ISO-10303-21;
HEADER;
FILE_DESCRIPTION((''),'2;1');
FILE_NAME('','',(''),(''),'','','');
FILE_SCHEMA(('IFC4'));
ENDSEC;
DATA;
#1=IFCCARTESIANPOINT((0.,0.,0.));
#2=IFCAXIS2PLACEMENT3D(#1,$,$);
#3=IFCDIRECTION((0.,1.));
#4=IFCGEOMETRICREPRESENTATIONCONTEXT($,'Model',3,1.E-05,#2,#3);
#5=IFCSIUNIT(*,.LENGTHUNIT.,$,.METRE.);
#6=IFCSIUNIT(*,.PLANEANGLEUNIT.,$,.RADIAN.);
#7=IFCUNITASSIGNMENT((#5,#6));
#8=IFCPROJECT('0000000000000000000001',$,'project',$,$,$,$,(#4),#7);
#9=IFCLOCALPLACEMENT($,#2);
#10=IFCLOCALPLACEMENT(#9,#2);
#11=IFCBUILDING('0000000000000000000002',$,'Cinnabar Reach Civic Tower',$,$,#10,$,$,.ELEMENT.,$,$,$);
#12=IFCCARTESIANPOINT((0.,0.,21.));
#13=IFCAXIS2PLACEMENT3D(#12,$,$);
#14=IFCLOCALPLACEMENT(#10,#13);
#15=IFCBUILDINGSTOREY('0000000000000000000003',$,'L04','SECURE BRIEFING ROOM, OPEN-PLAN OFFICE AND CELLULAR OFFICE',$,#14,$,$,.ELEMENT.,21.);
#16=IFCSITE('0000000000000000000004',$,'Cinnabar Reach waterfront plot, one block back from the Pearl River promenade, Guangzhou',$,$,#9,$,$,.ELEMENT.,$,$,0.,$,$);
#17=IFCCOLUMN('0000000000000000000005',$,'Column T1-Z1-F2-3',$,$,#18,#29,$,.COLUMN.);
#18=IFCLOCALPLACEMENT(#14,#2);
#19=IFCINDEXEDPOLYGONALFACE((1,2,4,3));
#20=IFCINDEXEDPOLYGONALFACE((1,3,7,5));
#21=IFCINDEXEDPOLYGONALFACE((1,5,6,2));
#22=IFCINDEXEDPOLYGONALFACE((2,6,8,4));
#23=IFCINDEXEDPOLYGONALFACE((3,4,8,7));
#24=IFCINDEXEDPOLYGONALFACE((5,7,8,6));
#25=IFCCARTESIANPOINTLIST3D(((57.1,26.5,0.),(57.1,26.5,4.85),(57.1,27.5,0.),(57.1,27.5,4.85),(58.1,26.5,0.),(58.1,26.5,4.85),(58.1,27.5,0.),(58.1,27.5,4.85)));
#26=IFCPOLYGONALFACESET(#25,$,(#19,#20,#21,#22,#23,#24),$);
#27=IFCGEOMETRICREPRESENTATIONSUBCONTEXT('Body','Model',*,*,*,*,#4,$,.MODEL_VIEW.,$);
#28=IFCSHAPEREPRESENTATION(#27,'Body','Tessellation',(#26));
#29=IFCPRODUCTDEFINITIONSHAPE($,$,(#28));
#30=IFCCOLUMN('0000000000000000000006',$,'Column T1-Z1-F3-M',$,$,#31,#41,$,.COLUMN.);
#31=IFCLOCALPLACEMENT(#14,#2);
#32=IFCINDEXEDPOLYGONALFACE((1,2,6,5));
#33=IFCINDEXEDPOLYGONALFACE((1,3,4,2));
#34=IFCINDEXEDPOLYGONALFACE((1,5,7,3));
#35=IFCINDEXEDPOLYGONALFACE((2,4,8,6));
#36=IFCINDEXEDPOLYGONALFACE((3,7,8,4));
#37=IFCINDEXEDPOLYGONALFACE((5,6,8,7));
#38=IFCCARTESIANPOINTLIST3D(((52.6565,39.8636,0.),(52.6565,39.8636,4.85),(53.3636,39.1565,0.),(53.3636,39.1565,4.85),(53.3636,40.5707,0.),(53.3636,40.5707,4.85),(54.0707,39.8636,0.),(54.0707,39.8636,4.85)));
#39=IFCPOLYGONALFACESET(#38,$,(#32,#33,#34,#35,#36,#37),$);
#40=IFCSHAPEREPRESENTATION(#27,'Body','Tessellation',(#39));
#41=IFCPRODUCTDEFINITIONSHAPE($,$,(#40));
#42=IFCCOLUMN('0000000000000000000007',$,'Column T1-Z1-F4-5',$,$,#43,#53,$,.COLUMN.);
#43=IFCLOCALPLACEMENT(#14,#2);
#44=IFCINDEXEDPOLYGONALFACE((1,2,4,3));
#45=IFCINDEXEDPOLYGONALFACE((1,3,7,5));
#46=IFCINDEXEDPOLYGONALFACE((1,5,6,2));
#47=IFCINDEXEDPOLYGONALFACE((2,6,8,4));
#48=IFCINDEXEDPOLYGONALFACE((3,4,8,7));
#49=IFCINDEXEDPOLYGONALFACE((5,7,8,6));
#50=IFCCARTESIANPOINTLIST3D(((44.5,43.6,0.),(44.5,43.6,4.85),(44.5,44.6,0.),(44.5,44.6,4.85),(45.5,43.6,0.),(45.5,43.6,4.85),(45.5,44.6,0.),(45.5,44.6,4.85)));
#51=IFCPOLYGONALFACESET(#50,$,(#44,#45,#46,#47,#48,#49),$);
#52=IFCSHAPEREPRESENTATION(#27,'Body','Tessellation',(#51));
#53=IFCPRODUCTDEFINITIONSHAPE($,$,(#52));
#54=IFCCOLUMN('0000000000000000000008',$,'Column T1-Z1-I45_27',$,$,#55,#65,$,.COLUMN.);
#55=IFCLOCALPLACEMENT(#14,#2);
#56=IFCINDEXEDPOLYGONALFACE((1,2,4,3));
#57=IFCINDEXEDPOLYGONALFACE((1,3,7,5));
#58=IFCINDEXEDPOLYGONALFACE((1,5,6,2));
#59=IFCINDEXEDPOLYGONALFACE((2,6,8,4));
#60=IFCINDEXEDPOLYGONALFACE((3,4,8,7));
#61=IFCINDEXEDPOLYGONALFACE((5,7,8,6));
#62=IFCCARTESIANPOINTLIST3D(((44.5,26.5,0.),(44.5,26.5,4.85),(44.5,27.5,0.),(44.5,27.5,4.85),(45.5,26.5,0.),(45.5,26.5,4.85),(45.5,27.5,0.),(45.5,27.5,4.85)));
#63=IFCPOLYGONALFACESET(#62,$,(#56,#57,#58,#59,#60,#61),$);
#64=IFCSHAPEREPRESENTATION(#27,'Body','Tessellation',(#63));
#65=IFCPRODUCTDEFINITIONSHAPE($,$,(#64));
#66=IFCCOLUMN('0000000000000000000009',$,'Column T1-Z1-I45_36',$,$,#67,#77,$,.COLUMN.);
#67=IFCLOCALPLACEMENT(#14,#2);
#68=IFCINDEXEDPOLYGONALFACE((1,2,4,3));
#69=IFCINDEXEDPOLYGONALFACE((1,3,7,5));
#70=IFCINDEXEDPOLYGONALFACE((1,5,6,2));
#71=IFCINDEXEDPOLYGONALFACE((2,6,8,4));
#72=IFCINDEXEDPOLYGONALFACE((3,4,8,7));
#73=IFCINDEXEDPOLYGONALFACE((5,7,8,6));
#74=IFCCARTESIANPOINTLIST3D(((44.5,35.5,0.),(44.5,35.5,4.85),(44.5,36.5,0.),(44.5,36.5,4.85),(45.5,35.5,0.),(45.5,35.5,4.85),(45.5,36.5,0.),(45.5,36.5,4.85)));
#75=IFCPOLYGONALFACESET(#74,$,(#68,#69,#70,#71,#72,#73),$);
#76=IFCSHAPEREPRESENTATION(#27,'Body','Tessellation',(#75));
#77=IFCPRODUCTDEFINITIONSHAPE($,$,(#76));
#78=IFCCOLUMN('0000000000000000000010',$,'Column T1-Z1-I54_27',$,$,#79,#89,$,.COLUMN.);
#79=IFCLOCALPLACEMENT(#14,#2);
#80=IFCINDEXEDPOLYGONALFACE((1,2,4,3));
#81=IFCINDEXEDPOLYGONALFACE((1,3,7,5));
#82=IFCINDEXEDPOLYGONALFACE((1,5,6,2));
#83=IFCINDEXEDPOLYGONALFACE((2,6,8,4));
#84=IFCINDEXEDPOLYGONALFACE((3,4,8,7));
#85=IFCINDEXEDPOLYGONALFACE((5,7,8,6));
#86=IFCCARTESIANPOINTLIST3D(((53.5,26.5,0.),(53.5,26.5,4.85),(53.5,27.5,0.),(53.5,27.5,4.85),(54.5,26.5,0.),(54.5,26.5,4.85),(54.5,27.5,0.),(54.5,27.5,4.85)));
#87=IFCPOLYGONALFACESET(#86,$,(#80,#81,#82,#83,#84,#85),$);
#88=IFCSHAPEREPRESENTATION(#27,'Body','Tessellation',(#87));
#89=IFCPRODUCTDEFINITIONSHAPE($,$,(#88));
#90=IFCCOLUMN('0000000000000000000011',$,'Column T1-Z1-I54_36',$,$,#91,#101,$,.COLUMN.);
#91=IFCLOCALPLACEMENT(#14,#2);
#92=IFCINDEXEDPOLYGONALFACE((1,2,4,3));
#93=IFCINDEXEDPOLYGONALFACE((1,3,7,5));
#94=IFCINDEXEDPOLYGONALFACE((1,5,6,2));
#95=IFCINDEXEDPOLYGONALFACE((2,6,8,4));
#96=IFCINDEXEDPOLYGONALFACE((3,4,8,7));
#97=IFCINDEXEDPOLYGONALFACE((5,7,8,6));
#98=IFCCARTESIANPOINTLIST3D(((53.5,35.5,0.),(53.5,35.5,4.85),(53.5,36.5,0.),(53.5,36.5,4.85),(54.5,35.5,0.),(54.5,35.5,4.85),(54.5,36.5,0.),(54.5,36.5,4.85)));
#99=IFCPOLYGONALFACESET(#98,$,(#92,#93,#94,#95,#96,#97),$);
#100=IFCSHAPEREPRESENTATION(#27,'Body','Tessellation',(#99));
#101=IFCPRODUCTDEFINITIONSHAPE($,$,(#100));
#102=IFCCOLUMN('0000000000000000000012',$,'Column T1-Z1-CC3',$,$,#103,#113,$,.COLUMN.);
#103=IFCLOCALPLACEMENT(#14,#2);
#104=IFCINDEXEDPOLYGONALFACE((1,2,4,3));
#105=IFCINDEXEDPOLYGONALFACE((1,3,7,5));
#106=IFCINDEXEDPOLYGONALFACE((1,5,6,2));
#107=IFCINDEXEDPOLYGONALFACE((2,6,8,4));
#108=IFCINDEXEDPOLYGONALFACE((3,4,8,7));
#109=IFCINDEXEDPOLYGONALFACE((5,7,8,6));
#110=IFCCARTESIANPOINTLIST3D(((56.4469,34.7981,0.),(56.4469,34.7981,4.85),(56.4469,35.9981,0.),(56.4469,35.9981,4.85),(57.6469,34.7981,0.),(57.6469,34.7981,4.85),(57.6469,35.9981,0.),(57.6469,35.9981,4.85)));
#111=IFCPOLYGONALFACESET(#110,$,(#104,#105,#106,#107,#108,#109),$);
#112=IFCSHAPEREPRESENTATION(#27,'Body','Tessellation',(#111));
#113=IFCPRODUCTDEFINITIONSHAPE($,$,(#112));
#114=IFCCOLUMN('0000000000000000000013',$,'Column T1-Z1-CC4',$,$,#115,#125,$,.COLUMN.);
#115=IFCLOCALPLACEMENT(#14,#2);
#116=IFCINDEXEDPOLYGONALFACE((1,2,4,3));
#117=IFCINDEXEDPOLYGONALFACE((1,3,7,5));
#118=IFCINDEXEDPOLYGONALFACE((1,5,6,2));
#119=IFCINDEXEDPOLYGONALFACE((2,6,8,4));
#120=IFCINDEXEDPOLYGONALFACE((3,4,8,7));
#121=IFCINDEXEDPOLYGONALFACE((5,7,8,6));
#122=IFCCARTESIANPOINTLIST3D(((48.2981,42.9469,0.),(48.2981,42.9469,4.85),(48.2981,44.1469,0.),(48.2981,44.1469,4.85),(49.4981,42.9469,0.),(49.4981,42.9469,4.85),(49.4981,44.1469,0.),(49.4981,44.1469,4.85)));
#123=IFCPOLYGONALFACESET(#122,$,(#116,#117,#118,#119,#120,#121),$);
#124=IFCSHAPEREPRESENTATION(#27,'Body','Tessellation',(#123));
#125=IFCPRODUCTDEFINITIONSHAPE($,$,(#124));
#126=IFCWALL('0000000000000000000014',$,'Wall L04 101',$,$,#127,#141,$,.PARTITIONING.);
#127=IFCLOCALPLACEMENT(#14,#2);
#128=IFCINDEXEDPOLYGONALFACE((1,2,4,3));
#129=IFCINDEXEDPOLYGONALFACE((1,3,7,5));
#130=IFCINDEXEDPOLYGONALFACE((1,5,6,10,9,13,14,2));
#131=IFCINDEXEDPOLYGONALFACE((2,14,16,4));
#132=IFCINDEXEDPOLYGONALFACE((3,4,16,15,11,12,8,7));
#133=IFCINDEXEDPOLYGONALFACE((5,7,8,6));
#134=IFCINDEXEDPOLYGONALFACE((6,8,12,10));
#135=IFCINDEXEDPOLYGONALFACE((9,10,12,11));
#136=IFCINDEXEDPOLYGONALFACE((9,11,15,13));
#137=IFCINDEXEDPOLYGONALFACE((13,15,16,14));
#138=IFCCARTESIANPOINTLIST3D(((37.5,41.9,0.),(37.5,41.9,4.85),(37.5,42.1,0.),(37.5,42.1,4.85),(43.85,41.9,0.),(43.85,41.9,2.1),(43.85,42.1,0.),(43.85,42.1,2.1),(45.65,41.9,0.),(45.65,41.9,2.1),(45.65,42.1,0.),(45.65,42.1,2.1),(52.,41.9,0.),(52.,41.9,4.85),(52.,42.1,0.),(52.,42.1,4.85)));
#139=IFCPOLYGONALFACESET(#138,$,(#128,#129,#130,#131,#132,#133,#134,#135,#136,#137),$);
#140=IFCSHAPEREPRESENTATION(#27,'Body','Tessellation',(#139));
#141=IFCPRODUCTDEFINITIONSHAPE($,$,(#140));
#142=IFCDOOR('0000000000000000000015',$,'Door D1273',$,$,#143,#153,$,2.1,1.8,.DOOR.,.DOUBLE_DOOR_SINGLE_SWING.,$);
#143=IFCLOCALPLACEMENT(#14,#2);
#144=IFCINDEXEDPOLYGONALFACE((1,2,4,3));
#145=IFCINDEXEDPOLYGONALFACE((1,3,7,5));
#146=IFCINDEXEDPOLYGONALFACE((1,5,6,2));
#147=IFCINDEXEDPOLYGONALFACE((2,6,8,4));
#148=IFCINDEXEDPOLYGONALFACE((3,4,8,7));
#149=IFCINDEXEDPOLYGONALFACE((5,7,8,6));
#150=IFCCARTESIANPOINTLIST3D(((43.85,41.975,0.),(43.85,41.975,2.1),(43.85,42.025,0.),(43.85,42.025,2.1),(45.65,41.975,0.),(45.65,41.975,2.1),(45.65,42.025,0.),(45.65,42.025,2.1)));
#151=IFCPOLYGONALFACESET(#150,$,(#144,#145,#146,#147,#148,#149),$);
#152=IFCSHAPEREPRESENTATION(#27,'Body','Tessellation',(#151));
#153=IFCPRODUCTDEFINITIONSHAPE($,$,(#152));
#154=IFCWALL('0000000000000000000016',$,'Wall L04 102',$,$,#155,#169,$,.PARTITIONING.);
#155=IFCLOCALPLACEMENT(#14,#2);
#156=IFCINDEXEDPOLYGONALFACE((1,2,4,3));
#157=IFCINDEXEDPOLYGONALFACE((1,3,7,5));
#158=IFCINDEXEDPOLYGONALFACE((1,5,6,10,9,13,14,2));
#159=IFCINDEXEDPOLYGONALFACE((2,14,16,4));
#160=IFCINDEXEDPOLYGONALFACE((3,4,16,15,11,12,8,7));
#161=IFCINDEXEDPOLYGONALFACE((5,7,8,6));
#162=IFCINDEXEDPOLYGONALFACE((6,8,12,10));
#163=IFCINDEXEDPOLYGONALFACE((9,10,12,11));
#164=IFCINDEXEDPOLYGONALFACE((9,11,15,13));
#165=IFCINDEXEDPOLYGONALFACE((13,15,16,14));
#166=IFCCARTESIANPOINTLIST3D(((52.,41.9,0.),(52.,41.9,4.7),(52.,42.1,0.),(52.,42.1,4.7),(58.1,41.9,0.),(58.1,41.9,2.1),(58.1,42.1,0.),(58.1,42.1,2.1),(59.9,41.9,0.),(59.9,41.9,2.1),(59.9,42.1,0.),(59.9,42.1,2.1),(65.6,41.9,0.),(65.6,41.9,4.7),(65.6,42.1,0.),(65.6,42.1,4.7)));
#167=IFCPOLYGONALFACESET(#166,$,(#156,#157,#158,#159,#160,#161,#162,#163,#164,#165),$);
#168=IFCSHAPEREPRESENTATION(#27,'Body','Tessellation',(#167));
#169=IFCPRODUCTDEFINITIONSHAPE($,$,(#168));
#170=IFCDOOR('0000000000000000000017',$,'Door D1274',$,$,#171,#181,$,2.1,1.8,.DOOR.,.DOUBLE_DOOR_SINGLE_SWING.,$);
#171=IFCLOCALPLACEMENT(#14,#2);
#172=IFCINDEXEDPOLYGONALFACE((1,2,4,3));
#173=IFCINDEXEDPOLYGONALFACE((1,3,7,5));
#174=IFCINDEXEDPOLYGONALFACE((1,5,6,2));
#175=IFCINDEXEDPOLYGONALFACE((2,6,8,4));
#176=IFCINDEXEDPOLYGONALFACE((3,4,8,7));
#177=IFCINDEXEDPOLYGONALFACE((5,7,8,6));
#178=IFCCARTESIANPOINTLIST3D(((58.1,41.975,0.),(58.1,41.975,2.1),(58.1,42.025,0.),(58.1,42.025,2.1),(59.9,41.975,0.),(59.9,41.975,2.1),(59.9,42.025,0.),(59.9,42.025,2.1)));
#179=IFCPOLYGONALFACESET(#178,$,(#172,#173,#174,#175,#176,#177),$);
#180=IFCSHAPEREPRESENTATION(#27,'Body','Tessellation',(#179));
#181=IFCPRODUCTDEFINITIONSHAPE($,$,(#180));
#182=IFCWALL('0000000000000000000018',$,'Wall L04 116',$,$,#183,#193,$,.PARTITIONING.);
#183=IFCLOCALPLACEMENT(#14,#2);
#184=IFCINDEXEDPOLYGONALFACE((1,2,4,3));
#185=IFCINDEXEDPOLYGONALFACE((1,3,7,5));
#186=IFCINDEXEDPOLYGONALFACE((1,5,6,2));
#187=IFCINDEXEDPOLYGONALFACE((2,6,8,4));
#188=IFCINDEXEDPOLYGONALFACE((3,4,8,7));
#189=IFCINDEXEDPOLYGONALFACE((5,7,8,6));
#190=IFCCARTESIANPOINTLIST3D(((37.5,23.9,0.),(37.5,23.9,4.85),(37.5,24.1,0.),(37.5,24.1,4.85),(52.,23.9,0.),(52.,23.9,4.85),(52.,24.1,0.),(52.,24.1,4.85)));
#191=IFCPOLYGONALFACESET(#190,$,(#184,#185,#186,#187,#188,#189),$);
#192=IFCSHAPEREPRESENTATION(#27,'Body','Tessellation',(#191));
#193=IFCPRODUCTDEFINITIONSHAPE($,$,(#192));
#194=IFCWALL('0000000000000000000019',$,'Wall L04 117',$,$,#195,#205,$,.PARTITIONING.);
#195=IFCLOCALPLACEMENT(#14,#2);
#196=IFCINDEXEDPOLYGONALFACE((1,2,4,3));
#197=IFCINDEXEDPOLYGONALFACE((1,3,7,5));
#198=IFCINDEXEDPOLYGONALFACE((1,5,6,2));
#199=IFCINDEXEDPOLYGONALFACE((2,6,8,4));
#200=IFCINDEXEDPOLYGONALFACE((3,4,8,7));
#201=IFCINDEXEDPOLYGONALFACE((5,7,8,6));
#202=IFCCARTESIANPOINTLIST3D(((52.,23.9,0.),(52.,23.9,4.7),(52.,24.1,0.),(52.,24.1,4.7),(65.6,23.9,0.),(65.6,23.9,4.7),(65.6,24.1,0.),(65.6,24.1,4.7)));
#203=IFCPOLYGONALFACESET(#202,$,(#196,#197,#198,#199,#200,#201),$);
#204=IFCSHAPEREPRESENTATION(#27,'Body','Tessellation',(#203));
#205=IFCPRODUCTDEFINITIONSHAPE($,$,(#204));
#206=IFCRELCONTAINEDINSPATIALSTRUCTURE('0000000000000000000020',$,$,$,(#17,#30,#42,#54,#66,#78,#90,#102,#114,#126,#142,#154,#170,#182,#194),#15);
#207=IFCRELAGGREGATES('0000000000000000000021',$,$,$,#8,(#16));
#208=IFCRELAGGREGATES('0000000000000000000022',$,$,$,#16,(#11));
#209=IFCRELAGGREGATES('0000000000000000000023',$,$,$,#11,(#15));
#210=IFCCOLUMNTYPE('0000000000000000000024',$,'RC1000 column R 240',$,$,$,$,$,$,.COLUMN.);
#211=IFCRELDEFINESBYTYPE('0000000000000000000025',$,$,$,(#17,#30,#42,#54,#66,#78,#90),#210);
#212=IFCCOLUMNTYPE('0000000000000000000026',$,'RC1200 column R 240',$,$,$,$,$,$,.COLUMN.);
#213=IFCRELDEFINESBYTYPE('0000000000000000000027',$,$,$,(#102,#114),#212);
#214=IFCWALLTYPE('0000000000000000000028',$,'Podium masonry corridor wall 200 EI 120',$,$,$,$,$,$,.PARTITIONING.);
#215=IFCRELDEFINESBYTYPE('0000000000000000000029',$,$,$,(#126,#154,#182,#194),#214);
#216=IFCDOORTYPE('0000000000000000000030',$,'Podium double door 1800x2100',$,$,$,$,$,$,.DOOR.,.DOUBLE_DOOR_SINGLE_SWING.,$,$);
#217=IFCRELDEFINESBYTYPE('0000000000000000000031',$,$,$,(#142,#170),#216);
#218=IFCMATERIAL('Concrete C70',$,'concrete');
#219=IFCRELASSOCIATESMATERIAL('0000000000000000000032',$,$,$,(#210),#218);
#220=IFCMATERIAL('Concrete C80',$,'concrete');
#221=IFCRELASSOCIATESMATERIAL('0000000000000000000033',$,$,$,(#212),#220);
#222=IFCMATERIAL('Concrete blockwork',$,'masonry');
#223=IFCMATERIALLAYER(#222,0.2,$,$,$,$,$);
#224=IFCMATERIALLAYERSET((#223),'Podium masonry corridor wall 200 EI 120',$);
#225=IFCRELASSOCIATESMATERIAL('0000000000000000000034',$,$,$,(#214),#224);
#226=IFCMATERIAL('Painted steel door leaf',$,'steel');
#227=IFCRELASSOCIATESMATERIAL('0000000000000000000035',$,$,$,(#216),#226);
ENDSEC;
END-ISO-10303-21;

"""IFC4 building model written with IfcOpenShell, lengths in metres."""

from ifc_helpers import new_model, si_unit, direction, frame, frame_2d, origin, origin_2d, place, context, subcontext, project, spatial, rectangle, extrude, material, layer, layer_set, material_profile, profile_set, type_object, element, fill, save


model = new_model("IFC4")

# Units and contexts
model_context = context("Model", 3, precision=1e-05, world=origin(), true_north=direction((0.0, 1.0)))
body_context = subcontext(model_context, "Body", "Model", "MODEL_VIEW")
ifc_project = project(units=[si_unit("LENGTHUNIT", "METRE"), si_unit("PLANEANGLEUNIT", "RADIAN")], contexts=[model_context])

# Site, building, storey
site_placement = place(None, origin())
site = spatial("IfcSite", under=ifc_project, at=site_placement, Name="Cinnabar Reach waterfront plot, one block back from the Pearl River promenade, Guangzhou", CompositionType="ELEMENT", RefElevation=0.0)
building_placement = place(site_placement, origin())
building = spatial("IfcBuilding", under=site, at=building_placement, Name="Cinnabar Reach Civic Tower", CompositionType="ELEMENT")
storey_placement = place(building_placement, frame((0.0, 0.0, 21.0)))
storey = spatial("IfcBuildingStorey", under=building, at=storey_placement, Name="L04", Description="SECURE BRIEFING ROOM, OPEN-PLAN OFFICE AND CELLULAR OFFICE", CompositionType="ELEMENT", Elevation=21.0)

# Columns
ifc_material_1 = material(Name="Concrete C70", Category="concrete")
ifc_material_profile_1 = material_profile(ifc_material_1, rectangle(XDim=1.0, YDim=1.0, at=origin_2d()), Name="RC1000")
ifc_profile_set_1 = profile_set([ifc_material_profile_1], Name="Concrete C70")
column_type_1 = type_object("IfcColumnType", Name="RC1000 column R 240", PredefinedType="COLUMN", material=ifc_profile_set_1)
for number, where, z_axis, x_axis, name in (
    (1, (57.6, 27.0, 0.0), (0.0, 0.0, 1.0), (1.0, 0.0, 0.0), "Column T1-Z1-F2-3"),
    (2, (53.3636, 39.8636, 0.0), (0.0, 0.0, 1.0), (0.707107, 0.707107, 0.0), "Column T1-Z1-F3-M"),
    (3, (45.0, 44.1, 0.0), (0.0, 0.0, 1.0), (1.0, 0.0, 0.0), "Column T1-Z1-F4-5"),
    (4, (45.0, 27.0, 0.0), (0.0, 0.0, 1.0), (1.0, 0.0, 0.0), "Column T1-Z1-I45_27"),
    (5, (45.0, 36.0, 0.0), (0.0, 0.0, 1.0), (1.0, 0.0, 0.0), "Column T1-Z1-I45_36"),
    (6, (54.0, 27.0, 0.0), (0.0, 0.0, 1.0), (1.0, 0.0, 0.0), "Column T1-Z1-I54_27"),
    (7, (54.0, 36.0, 0.0), (0.0, 0.0, 1.0), (1.0, 0.0, 0.0), "Column T1-Z1-I54_36"),
):
    element("IfcColumn", number, at=place(storey_placement, frame(where, z_axis=z_axis, x_axis=x_axis)), inside=storey, type_object=column_type_1, Name=name, PredefinedType="COLUMN", context=body_context, shape_type="SweptSolid", body=[
        extrude(rectangle(XDim=1.0, YDim=1.0, at=origin_2d()), origin(), (0.0, 0.0, 1.0), 4.85),
    ])
ifc_material_2 = material(Name="Concrete C80", Category="concrete")
ifc_material_profile_2 = material_profile(ifc_material_2, rectangle(XDim=1.2, YDim=1.2, at=origin_2d()), Name="RC1200")
ifc_profile_set_2 = profile_set([ifc_material_profile_2], Name="Concrete C80")
column_type_2 = type_object("IfcColumnType", Name="RC1200 column R 240", PredefinedType="COLUMN", material=ifc_profile_set_2)
for number, where, z_axis, x_axis, name in (
    (8, (57.0469, 35.3981, 0.0), (0.0, 0.0, 1.0), (1.0, 0.0, 0.0), "Column T1-Z1-CC3"),
    (9, (48.8981, 43.5469, 0.0), (0.0, 0.0, 1.0), (1.0, 0.0, 0.0), "Column T1-Z1-CC4"),
):
    element("IfcColumn", number, at=place(storey_placement, frame(where, z_axis=z_axis, x_axis=x_axis)), inside=storey, type_object=column_type_2, Name=name, PredefinedType="COLUMN", context=body_context, shape_type="SweptSolid", body=[
        extrude(rectangle(XDim=1.2, YDim=1.2, at=origin_2d()), origin(), (0.0, 0.0, 1.0), 4.85),
    ])

# Walls, openings, doors
ifc_material_3 = material(Name="Concrete blockwork", Category="masonry")
ifc_layer_1 = layer(ifc_material_3, 0.2)
ifc_layer_set_1 = layer_set([ifc_layer_1], Name="Podium masonry corridor wall 200 EI 120")
wall_type_1 = type_object("IfcWallType", Name="Podium masonry corridor wall 200 EI 120", PredefinedType="PARTITIONING", material=ifc_layer_set_1)
wall_1_placement = place(storey_placement, frame((37.5, 42.0, 0.0), z_axis=(0.0, 0.0, 1.0), x_axis=(1.0, 0.0, 0.0)))
wall_1 = element("IfcWall", 10, at=wall_1_placement, inside=storey, type_object=wall_type_1, Name="Wall L04 101", PredefinedType="PARTITIONING", context=body_context, shape_type="SweptSolid", body=[
    extrude(rectangle(XDim=14.5, YDim=0.2, at=frame_2d((7.25, 0.0))), origin(), (0.0, 0.0, 1.0), 4.85),
])
opening_1_placement = place(wall_1_placement, frame((6.35, 0.0, 0.0)))
opening_1 = element("IfcOpeningElement", 11, at=opening_1_placement, cuts=wall_1, PredefinedType="OPENING", context=body_context, shape_type="SweptSolid", body=[
    extrude(rectangle(XDim=1.8, YDim=2.1, at=frame_2d((0.9, 1.05))), frame((0.0, 0.11, 0.0), z_axis=(0.0, -1.0, 0.0), x_axis=(1.0, 0.0, 0.0)), (0.0, 0.0, 1.0), 0.22),
])
ifc_material_4 = material(Name="Painted steel door leaf", Category="steel")
door_type = type_object("IfcDoorType", Name="Podium double door 1800x2100", OperationType="DOUBLE_DOOR_SINGLE_SWING", PredefinedType="DOOR", material=ifc_material_4)
door_1_placement = place(opening_1_placement, frame((1.8, 0.0, 0.0), z_axis=(0.0, 0.0, 1.0), x_axis=(-1.0, 0.0, 0.0)))
door_1 = element("IfcDoor", 12, at=door_1_placement, inside=storey, type_object=door_type, Name="Door D1273", OperationType="DOUBLE_DOOR_SINGLE_SWING", OverallHeight=2.1, OverallWidth=1.8, PredefinedType="DOOR", context=body_context, shape_type="SweptSolid", body=[
    extrude(rectangle(XDim=1.8, YDim=2.1, at=frame_2d((0.9, 1.05))), frame((0.0, 0.025, 0.0), z_axis=(0.0, -1.0, 0.0), x_axis=(1.0, 0.0, 0.0)), (0.0, 0.0, 1.0), 0.05),
])
fill(opening_1, door_1)
wall_2_placement = place(storey_placement, frame((52.0, 42.0, 0.0), z_axis=(0.0, 0.0, 1.0), x_axis=(1.0, 0.0, 0.0)))
wall_2 = element("IfcWall", 13, at=wall_2_placement, inside=storey, type_object=wall_type_1, Name="Wall L04 102", PredefinedType="PARTITIONING", context=body_context, shape_type="SweptSolid", body=[
    extrude(rectangle(XDim=13.6, YDim=0.2, at=frame_2d((6.8, 0.0))), origin(), (0.0, 0.0, 1.0), 4.7),
])
opening_2_placement = place(wall_2_placement, frame((6.1, 0.0, 0.0)))
opening_2 = element("IfcOpeningElement", 14, at=opening_2_placement, cuts=wall_2, PredefinedType="OPENING", context=body_context, shape_type="SweptSolid", body=[
    extrude(rectangle(XDim=1.8, YDim=2.1, at=frame_2d((0.9, 1.05))), frame((0.0, 0.11, 0.0), z_axis=(0.0, -1.0, 0.0), x_axis=(1.0, 0.0, 0.0)), (0.0, 0.0, 1.0), 0.22),
])
door_2_placement = place(opening_2_placement, frame((1.8, 0.0, 0.0), z_axis=(0.0, 0.0, 1.0), x_axis=(-1.0, 0.0, 0.0)))
door_2 = element("IfcDoor", 15, at=door_2_placement, inside=storey, type_object=door_type, Name="Door D1274", OperationType="DOUBLE_DOOR_SINGLE_SWING", OverallHeight=2.1, OverallWidth=1.8, PredefinedType="DOOR", context=body_context, shape_type="SweptSolid", body=[
    extrude(rectangle(XDim=1.8, YDim=2.1, at=frame_2d((0.9, 1.05))), frame((0.0, 0.025, 0.0), z_axis=(0.0, -1.0, 0.0), x_axis=(1.0, 0.0, 0.0)), (0.0, 0.0, 1.0), 0.05),
])
fill(opening_2, door_2)

# Walls
wall_3_placement = place(storey_placement, frame((37.5, 24.0, 0.0), z_axis=(0.0, 0.0, 1.0), x_axis=(1.0, 0.0, 0.0)))
element("IfcWall", 16, at=wall_3_placement, inside=storey, type_object=wall_type_1, Name="Wall L04 116", PredefinedType="PARTITIONING", context=body_context, shape_type="SweptSolid", body=[
    extrude(rectangle(XDim=14.5, YDim=0.2, at=frame_2d((7.25, 0.0))), origin(), (0.0, 0.0, 1.0), 4.85),
])
wall_4_placement = place(storey_placement, frame((52.0, 24.0, 0.0), z_axis=(0.0, 0.0, 1.0), x_axis=(1.0, 0.0, 0.0)))
element("IfcWall", 17, at=wall_4_placement, inside=storey, type_object=wall_type_1, Name="Wall L04 117", PredefinedType="PARTITIONING", context=body_context, shape_type="SweptSolid", body=[
    extrude(rectangle(XDim=13.6, YDim=0.2, at=frame_2d((6.8, 0.0))), origin(), (0.0, 0.0, 1.0), 4.7),
])

save(model, "model.ifc")
